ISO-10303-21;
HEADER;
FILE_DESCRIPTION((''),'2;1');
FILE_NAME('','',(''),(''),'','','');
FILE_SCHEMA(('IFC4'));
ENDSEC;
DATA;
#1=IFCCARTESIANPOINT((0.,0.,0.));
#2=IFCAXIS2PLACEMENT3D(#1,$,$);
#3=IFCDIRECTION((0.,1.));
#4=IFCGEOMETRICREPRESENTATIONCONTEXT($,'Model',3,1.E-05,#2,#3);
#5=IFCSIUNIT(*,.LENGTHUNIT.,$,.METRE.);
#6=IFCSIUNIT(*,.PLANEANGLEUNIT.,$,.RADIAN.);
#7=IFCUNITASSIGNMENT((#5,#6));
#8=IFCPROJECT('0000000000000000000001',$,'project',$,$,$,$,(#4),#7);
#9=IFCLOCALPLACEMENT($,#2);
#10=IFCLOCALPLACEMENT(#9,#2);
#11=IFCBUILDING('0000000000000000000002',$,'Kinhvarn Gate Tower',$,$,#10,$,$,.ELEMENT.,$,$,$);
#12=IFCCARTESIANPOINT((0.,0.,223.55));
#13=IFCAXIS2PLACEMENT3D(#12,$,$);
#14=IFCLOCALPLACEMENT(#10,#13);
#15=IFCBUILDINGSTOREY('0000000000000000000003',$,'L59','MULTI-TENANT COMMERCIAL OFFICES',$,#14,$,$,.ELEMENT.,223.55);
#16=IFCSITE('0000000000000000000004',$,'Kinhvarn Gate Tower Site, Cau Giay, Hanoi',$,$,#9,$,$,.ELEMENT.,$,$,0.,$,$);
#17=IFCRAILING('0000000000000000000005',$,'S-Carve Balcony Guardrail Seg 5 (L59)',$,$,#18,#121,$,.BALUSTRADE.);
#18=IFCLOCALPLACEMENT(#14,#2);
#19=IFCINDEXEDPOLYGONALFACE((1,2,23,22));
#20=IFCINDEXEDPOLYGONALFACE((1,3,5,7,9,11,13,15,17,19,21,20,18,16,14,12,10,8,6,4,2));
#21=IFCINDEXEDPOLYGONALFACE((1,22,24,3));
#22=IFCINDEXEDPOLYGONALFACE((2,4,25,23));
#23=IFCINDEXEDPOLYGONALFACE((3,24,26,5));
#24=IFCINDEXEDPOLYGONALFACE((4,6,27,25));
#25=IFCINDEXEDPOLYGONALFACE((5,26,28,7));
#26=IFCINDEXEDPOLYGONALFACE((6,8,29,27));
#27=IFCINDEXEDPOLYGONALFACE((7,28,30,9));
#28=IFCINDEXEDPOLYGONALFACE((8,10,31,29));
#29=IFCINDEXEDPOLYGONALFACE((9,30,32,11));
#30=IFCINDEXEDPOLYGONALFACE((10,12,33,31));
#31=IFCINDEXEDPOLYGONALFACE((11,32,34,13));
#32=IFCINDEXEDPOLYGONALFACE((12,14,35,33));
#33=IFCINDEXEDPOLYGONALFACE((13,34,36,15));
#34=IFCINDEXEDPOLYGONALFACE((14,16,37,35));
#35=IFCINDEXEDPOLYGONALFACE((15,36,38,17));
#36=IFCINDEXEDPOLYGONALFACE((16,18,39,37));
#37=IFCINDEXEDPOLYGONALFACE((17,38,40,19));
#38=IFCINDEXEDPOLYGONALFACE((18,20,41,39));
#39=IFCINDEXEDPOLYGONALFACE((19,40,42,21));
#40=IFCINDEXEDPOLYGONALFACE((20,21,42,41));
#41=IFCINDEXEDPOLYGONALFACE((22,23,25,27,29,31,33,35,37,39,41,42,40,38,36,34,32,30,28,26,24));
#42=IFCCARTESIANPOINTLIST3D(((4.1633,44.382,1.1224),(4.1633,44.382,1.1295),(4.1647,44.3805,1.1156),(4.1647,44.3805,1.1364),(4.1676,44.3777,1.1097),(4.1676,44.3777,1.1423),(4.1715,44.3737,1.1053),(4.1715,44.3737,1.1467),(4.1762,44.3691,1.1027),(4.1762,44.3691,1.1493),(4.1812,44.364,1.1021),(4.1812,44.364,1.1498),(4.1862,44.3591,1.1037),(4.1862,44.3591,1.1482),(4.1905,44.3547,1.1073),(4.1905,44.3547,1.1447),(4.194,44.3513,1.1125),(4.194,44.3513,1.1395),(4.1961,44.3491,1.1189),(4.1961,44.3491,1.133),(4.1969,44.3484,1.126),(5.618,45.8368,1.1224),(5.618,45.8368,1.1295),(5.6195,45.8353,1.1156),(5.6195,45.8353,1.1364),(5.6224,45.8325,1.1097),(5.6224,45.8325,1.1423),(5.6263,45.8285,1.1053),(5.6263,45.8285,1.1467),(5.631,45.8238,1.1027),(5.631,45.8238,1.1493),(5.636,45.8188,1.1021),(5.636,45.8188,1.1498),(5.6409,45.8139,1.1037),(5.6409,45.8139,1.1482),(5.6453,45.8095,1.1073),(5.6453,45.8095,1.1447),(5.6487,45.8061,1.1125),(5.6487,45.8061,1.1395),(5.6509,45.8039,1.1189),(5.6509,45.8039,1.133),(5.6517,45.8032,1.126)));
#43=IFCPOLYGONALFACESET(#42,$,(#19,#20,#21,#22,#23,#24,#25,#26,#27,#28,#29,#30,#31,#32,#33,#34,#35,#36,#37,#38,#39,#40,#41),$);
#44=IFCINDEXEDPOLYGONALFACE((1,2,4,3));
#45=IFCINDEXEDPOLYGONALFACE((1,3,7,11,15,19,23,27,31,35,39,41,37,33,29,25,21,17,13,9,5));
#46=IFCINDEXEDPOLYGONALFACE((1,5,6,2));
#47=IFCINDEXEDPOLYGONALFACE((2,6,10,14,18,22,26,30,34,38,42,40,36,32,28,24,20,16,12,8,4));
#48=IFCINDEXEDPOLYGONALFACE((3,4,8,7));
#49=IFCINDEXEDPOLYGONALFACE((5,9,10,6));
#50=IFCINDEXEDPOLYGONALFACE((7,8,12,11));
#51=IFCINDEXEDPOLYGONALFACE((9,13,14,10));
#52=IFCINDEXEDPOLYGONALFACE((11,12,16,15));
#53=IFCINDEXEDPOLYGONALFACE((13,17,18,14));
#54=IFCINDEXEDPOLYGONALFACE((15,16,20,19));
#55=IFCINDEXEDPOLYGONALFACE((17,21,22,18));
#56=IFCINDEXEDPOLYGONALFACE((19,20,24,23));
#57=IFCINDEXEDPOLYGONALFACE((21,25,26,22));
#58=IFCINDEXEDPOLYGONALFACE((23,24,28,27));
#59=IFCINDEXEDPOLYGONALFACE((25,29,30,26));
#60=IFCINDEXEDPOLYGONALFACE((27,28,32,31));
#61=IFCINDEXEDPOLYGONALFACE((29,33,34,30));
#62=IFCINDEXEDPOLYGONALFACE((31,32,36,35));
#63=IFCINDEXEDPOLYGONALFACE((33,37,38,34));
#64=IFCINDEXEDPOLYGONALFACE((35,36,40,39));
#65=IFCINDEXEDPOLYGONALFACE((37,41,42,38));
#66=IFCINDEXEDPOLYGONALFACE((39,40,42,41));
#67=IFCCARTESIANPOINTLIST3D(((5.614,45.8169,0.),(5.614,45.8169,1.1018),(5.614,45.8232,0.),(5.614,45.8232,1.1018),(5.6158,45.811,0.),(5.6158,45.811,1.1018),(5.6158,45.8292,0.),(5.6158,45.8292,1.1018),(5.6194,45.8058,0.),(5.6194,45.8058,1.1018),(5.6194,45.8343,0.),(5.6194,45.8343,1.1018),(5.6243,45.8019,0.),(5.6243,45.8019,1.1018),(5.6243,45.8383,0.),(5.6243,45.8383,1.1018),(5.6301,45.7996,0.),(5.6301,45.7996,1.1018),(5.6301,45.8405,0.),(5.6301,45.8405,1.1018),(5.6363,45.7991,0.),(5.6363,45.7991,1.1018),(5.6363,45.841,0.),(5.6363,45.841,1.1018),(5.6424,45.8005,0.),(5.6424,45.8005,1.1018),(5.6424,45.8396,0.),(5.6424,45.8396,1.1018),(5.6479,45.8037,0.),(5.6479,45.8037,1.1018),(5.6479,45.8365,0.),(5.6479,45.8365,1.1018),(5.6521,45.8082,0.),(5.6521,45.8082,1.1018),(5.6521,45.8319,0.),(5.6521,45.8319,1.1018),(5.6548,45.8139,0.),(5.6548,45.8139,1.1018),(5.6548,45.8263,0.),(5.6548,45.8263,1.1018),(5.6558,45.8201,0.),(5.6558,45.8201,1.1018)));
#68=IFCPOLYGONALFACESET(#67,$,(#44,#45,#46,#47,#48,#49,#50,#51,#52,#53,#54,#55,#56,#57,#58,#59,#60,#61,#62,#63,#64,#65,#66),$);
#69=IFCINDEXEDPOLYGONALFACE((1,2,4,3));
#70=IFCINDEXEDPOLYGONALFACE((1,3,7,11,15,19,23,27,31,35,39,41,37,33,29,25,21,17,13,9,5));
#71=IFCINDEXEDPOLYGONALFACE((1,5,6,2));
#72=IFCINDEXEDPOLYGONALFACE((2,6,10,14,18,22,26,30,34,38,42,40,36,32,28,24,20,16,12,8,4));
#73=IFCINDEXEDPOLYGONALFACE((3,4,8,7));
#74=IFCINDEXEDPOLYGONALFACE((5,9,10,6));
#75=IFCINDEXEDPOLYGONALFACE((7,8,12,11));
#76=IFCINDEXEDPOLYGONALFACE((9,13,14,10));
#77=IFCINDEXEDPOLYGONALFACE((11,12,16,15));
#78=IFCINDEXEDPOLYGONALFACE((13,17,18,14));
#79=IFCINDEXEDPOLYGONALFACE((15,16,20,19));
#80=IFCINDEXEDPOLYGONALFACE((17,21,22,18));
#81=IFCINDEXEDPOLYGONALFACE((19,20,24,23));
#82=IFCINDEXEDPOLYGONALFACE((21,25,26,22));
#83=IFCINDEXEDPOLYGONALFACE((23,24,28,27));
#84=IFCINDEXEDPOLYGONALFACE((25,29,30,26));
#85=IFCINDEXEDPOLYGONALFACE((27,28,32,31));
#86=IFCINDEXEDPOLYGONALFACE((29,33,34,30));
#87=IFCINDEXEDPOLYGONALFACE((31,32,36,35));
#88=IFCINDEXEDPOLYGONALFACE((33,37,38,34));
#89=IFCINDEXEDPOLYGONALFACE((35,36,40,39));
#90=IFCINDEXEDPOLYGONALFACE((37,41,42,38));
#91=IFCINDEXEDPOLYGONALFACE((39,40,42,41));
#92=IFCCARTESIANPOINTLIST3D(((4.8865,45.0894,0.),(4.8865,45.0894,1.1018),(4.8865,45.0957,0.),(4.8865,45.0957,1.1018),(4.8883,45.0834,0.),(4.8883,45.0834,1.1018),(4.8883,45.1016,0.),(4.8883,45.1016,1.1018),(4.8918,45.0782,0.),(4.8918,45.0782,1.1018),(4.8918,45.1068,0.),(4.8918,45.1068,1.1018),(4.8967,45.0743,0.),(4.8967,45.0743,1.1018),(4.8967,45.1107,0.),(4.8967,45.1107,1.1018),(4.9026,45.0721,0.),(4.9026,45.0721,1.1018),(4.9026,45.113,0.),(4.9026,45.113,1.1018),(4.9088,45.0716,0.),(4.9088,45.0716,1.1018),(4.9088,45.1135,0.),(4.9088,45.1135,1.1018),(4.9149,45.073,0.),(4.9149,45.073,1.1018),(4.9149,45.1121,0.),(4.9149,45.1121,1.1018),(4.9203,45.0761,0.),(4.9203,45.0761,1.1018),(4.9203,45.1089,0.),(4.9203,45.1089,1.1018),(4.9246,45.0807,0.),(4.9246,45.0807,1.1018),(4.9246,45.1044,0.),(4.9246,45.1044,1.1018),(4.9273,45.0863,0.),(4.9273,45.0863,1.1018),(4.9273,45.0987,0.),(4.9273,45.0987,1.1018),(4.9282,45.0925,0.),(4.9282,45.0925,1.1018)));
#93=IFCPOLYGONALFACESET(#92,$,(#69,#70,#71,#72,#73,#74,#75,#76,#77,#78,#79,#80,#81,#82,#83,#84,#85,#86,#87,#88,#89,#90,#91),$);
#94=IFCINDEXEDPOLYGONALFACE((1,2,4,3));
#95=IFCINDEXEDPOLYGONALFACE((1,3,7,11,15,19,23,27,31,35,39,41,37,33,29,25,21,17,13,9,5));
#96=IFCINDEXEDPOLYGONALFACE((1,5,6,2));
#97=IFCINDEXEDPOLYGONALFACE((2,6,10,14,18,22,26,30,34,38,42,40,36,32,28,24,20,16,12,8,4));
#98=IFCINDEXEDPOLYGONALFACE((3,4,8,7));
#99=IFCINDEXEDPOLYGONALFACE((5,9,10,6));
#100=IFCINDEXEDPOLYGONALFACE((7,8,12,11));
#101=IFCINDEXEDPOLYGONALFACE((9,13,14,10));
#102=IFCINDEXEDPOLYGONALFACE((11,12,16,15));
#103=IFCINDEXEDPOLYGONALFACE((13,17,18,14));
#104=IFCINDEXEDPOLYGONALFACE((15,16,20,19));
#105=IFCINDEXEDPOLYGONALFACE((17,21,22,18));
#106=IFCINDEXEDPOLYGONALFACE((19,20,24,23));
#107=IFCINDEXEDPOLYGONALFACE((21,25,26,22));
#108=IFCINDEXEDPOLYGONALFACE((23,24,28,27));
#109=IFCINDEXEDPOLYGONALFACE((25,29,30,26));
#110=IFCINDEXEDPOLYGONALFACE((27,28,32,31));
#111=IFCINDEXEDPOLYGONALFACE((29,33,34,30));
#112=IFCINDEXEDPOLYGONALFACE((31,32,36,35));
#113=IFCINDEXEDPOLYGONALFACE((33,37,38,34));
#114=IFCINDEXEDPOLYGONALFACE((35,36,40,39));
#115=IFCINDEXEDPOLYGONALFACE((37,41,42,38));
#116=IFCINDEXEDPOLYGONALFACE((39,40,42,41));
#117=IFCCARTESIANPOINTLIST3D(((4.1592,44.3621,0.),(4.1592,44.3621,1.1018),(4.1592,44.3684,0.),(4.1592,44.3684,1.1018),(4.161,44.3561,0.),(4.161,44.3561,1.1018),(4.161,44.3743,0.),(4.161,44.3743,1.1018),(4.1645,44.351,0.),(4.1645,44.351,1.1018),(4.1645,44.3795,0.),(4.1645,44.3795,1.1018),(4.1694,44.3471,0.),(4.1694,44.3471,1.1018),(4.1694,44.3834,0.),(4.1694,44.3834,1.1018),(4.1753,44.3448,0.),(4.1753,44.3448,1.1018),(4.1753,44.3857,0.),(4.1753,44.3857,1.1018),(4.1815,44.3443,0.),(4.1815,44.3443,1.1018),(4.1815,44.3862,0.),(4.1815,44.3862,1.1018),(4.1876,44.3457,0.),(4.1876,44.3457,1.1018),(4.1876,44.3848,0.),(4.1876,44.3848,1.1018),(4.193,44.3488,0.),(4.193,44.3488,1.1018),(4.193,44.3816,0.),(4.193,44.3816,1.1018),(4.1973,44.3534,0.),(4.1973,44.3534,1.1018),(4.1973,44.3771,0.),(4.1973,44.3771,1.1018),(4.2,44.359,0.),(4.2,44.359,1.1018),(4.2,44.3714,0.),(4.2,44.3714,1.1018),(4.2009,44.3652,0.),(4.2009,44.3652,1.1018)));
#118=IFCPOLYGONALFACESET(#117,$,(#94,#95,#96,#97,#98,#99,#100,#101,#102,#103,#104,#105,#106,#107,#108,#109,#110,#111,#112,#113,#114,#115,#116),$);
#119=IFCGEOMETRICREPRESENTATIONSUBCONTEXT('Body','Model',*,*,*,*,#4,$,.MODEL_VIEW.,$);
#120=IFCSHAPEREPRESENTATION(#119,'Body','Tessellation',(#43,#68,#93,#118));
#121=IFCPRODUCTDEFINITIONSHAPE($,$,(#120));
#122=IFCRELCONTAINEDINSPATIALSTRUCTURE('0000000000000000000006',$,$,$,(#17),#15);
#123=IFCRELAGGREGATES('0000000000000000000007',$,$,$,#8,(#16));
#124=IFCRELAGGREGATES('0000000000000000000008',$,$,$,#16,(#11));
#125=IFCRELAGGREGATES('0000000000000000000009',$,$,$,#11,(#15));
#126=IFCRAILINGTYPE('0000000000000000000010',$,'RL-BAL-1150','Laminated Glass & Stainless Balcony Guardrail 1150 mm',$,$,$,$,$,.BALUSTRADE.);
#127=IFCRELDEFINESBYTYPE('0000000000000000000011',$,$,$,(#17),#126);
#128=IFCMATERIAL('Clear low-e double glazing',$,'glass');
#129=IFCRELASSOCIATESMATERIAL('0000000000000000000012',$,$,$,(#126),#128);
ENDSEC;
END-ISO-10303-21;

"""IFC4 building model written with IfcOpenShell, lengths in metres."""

from ifc_helpers import new_model, si_unit, direction, frame, origin, origin_2d, place, context, subcontext, project, spatial, circle, extrude, material, type_object, element, save


model = new_model("IFC4")

# Units and contexts
model_context = context("Model", 3, precision=1e-05, world=origin(), true_north=direction((0.0, 1.0)))
body_context = subcontext(model_context, "Body", "Model", "MODEL_VIEW")
ifc_project = project(units=[si_unit("LENGTHUNIT", "METRE"), si_unit("PLANEANGLEUNIT", "RADIAN")], contexts=[model_context])

# Site, building, storey
site_placement = place(None, origin())
site = spatial("IfcSite", under=ifc_project, at=site_placement, Name="Kinhvarn Gate Tower Site, Cau Giay, Hanoi", CompositionType="ELEMENT", RefElevation=0.0)
building_placement = place(site_placement, origin())
building = spatial("IfcBuilding", under=site, at=building_placement, Name="Kinhvarn Gate Tower", CompositionType="ELEMENT")
storey_placement = place(building_placement, frame((0.0, 0.0, 223.55)))
storey = spatial("IfcBuildingStorey", under=building, at=storey_placement, Name="L59", Description="MULTI-TENANT COMMERCIAL OFFICES", CompositionType="ELEMENT", Elevation=223.55)

# Shared definitions
ifc_material_1 = material(Name="Clear low-e double glazing", Category="glass")

# Railing
railing_type = type_object("IfcRailingType", Name="RL-BAL-1150", Description="Laminated Glass & Stainless Balcony Guardrail 1150 mm", PredefinedType="BALUSTRADE", material=ifc_material_1)
railing_1_placement = place(storey_placement, frame((5.6348, 45.8201, 0.0)))
element("IfcRailing", 1, at=railing_1_placement, inside=storey, type_object=railing_type, Name="S-Carve Balcony Guardrail Seg 5 (L59)", PredefinedType="BALUSTRADE", context=body_context, shape_type="SweptSolid", body=[
    extrude(circle(Radius=0.0239, at=origin_2d()), frame((0.0, 0.0, 1.126), z_axis=(-0.707107, -0.707107, 0.0), x_axis=(0.707107, -0.707107, 0.0)), (0.0, 0.0, 1.0), 2.0574),
    extrude(circle(Radius=0.021, at=origin_2d()), origin(), (0.0, 0.0, 1.0), 1.1018),
    extrude(circle(Radius=0.021, at=origin_2d()), frame((-0.7275, -0.7275, 0.0)), (0.0, 0.0, 1.0), 1.1018),
    extrude(circle(Radius=0.021, at=origin_2d()), frame((-1.4548, -1.4548, 0.0)), (0.0, 0.0, 1.0), 1.1018),
])

save(model, "model.ifc")
